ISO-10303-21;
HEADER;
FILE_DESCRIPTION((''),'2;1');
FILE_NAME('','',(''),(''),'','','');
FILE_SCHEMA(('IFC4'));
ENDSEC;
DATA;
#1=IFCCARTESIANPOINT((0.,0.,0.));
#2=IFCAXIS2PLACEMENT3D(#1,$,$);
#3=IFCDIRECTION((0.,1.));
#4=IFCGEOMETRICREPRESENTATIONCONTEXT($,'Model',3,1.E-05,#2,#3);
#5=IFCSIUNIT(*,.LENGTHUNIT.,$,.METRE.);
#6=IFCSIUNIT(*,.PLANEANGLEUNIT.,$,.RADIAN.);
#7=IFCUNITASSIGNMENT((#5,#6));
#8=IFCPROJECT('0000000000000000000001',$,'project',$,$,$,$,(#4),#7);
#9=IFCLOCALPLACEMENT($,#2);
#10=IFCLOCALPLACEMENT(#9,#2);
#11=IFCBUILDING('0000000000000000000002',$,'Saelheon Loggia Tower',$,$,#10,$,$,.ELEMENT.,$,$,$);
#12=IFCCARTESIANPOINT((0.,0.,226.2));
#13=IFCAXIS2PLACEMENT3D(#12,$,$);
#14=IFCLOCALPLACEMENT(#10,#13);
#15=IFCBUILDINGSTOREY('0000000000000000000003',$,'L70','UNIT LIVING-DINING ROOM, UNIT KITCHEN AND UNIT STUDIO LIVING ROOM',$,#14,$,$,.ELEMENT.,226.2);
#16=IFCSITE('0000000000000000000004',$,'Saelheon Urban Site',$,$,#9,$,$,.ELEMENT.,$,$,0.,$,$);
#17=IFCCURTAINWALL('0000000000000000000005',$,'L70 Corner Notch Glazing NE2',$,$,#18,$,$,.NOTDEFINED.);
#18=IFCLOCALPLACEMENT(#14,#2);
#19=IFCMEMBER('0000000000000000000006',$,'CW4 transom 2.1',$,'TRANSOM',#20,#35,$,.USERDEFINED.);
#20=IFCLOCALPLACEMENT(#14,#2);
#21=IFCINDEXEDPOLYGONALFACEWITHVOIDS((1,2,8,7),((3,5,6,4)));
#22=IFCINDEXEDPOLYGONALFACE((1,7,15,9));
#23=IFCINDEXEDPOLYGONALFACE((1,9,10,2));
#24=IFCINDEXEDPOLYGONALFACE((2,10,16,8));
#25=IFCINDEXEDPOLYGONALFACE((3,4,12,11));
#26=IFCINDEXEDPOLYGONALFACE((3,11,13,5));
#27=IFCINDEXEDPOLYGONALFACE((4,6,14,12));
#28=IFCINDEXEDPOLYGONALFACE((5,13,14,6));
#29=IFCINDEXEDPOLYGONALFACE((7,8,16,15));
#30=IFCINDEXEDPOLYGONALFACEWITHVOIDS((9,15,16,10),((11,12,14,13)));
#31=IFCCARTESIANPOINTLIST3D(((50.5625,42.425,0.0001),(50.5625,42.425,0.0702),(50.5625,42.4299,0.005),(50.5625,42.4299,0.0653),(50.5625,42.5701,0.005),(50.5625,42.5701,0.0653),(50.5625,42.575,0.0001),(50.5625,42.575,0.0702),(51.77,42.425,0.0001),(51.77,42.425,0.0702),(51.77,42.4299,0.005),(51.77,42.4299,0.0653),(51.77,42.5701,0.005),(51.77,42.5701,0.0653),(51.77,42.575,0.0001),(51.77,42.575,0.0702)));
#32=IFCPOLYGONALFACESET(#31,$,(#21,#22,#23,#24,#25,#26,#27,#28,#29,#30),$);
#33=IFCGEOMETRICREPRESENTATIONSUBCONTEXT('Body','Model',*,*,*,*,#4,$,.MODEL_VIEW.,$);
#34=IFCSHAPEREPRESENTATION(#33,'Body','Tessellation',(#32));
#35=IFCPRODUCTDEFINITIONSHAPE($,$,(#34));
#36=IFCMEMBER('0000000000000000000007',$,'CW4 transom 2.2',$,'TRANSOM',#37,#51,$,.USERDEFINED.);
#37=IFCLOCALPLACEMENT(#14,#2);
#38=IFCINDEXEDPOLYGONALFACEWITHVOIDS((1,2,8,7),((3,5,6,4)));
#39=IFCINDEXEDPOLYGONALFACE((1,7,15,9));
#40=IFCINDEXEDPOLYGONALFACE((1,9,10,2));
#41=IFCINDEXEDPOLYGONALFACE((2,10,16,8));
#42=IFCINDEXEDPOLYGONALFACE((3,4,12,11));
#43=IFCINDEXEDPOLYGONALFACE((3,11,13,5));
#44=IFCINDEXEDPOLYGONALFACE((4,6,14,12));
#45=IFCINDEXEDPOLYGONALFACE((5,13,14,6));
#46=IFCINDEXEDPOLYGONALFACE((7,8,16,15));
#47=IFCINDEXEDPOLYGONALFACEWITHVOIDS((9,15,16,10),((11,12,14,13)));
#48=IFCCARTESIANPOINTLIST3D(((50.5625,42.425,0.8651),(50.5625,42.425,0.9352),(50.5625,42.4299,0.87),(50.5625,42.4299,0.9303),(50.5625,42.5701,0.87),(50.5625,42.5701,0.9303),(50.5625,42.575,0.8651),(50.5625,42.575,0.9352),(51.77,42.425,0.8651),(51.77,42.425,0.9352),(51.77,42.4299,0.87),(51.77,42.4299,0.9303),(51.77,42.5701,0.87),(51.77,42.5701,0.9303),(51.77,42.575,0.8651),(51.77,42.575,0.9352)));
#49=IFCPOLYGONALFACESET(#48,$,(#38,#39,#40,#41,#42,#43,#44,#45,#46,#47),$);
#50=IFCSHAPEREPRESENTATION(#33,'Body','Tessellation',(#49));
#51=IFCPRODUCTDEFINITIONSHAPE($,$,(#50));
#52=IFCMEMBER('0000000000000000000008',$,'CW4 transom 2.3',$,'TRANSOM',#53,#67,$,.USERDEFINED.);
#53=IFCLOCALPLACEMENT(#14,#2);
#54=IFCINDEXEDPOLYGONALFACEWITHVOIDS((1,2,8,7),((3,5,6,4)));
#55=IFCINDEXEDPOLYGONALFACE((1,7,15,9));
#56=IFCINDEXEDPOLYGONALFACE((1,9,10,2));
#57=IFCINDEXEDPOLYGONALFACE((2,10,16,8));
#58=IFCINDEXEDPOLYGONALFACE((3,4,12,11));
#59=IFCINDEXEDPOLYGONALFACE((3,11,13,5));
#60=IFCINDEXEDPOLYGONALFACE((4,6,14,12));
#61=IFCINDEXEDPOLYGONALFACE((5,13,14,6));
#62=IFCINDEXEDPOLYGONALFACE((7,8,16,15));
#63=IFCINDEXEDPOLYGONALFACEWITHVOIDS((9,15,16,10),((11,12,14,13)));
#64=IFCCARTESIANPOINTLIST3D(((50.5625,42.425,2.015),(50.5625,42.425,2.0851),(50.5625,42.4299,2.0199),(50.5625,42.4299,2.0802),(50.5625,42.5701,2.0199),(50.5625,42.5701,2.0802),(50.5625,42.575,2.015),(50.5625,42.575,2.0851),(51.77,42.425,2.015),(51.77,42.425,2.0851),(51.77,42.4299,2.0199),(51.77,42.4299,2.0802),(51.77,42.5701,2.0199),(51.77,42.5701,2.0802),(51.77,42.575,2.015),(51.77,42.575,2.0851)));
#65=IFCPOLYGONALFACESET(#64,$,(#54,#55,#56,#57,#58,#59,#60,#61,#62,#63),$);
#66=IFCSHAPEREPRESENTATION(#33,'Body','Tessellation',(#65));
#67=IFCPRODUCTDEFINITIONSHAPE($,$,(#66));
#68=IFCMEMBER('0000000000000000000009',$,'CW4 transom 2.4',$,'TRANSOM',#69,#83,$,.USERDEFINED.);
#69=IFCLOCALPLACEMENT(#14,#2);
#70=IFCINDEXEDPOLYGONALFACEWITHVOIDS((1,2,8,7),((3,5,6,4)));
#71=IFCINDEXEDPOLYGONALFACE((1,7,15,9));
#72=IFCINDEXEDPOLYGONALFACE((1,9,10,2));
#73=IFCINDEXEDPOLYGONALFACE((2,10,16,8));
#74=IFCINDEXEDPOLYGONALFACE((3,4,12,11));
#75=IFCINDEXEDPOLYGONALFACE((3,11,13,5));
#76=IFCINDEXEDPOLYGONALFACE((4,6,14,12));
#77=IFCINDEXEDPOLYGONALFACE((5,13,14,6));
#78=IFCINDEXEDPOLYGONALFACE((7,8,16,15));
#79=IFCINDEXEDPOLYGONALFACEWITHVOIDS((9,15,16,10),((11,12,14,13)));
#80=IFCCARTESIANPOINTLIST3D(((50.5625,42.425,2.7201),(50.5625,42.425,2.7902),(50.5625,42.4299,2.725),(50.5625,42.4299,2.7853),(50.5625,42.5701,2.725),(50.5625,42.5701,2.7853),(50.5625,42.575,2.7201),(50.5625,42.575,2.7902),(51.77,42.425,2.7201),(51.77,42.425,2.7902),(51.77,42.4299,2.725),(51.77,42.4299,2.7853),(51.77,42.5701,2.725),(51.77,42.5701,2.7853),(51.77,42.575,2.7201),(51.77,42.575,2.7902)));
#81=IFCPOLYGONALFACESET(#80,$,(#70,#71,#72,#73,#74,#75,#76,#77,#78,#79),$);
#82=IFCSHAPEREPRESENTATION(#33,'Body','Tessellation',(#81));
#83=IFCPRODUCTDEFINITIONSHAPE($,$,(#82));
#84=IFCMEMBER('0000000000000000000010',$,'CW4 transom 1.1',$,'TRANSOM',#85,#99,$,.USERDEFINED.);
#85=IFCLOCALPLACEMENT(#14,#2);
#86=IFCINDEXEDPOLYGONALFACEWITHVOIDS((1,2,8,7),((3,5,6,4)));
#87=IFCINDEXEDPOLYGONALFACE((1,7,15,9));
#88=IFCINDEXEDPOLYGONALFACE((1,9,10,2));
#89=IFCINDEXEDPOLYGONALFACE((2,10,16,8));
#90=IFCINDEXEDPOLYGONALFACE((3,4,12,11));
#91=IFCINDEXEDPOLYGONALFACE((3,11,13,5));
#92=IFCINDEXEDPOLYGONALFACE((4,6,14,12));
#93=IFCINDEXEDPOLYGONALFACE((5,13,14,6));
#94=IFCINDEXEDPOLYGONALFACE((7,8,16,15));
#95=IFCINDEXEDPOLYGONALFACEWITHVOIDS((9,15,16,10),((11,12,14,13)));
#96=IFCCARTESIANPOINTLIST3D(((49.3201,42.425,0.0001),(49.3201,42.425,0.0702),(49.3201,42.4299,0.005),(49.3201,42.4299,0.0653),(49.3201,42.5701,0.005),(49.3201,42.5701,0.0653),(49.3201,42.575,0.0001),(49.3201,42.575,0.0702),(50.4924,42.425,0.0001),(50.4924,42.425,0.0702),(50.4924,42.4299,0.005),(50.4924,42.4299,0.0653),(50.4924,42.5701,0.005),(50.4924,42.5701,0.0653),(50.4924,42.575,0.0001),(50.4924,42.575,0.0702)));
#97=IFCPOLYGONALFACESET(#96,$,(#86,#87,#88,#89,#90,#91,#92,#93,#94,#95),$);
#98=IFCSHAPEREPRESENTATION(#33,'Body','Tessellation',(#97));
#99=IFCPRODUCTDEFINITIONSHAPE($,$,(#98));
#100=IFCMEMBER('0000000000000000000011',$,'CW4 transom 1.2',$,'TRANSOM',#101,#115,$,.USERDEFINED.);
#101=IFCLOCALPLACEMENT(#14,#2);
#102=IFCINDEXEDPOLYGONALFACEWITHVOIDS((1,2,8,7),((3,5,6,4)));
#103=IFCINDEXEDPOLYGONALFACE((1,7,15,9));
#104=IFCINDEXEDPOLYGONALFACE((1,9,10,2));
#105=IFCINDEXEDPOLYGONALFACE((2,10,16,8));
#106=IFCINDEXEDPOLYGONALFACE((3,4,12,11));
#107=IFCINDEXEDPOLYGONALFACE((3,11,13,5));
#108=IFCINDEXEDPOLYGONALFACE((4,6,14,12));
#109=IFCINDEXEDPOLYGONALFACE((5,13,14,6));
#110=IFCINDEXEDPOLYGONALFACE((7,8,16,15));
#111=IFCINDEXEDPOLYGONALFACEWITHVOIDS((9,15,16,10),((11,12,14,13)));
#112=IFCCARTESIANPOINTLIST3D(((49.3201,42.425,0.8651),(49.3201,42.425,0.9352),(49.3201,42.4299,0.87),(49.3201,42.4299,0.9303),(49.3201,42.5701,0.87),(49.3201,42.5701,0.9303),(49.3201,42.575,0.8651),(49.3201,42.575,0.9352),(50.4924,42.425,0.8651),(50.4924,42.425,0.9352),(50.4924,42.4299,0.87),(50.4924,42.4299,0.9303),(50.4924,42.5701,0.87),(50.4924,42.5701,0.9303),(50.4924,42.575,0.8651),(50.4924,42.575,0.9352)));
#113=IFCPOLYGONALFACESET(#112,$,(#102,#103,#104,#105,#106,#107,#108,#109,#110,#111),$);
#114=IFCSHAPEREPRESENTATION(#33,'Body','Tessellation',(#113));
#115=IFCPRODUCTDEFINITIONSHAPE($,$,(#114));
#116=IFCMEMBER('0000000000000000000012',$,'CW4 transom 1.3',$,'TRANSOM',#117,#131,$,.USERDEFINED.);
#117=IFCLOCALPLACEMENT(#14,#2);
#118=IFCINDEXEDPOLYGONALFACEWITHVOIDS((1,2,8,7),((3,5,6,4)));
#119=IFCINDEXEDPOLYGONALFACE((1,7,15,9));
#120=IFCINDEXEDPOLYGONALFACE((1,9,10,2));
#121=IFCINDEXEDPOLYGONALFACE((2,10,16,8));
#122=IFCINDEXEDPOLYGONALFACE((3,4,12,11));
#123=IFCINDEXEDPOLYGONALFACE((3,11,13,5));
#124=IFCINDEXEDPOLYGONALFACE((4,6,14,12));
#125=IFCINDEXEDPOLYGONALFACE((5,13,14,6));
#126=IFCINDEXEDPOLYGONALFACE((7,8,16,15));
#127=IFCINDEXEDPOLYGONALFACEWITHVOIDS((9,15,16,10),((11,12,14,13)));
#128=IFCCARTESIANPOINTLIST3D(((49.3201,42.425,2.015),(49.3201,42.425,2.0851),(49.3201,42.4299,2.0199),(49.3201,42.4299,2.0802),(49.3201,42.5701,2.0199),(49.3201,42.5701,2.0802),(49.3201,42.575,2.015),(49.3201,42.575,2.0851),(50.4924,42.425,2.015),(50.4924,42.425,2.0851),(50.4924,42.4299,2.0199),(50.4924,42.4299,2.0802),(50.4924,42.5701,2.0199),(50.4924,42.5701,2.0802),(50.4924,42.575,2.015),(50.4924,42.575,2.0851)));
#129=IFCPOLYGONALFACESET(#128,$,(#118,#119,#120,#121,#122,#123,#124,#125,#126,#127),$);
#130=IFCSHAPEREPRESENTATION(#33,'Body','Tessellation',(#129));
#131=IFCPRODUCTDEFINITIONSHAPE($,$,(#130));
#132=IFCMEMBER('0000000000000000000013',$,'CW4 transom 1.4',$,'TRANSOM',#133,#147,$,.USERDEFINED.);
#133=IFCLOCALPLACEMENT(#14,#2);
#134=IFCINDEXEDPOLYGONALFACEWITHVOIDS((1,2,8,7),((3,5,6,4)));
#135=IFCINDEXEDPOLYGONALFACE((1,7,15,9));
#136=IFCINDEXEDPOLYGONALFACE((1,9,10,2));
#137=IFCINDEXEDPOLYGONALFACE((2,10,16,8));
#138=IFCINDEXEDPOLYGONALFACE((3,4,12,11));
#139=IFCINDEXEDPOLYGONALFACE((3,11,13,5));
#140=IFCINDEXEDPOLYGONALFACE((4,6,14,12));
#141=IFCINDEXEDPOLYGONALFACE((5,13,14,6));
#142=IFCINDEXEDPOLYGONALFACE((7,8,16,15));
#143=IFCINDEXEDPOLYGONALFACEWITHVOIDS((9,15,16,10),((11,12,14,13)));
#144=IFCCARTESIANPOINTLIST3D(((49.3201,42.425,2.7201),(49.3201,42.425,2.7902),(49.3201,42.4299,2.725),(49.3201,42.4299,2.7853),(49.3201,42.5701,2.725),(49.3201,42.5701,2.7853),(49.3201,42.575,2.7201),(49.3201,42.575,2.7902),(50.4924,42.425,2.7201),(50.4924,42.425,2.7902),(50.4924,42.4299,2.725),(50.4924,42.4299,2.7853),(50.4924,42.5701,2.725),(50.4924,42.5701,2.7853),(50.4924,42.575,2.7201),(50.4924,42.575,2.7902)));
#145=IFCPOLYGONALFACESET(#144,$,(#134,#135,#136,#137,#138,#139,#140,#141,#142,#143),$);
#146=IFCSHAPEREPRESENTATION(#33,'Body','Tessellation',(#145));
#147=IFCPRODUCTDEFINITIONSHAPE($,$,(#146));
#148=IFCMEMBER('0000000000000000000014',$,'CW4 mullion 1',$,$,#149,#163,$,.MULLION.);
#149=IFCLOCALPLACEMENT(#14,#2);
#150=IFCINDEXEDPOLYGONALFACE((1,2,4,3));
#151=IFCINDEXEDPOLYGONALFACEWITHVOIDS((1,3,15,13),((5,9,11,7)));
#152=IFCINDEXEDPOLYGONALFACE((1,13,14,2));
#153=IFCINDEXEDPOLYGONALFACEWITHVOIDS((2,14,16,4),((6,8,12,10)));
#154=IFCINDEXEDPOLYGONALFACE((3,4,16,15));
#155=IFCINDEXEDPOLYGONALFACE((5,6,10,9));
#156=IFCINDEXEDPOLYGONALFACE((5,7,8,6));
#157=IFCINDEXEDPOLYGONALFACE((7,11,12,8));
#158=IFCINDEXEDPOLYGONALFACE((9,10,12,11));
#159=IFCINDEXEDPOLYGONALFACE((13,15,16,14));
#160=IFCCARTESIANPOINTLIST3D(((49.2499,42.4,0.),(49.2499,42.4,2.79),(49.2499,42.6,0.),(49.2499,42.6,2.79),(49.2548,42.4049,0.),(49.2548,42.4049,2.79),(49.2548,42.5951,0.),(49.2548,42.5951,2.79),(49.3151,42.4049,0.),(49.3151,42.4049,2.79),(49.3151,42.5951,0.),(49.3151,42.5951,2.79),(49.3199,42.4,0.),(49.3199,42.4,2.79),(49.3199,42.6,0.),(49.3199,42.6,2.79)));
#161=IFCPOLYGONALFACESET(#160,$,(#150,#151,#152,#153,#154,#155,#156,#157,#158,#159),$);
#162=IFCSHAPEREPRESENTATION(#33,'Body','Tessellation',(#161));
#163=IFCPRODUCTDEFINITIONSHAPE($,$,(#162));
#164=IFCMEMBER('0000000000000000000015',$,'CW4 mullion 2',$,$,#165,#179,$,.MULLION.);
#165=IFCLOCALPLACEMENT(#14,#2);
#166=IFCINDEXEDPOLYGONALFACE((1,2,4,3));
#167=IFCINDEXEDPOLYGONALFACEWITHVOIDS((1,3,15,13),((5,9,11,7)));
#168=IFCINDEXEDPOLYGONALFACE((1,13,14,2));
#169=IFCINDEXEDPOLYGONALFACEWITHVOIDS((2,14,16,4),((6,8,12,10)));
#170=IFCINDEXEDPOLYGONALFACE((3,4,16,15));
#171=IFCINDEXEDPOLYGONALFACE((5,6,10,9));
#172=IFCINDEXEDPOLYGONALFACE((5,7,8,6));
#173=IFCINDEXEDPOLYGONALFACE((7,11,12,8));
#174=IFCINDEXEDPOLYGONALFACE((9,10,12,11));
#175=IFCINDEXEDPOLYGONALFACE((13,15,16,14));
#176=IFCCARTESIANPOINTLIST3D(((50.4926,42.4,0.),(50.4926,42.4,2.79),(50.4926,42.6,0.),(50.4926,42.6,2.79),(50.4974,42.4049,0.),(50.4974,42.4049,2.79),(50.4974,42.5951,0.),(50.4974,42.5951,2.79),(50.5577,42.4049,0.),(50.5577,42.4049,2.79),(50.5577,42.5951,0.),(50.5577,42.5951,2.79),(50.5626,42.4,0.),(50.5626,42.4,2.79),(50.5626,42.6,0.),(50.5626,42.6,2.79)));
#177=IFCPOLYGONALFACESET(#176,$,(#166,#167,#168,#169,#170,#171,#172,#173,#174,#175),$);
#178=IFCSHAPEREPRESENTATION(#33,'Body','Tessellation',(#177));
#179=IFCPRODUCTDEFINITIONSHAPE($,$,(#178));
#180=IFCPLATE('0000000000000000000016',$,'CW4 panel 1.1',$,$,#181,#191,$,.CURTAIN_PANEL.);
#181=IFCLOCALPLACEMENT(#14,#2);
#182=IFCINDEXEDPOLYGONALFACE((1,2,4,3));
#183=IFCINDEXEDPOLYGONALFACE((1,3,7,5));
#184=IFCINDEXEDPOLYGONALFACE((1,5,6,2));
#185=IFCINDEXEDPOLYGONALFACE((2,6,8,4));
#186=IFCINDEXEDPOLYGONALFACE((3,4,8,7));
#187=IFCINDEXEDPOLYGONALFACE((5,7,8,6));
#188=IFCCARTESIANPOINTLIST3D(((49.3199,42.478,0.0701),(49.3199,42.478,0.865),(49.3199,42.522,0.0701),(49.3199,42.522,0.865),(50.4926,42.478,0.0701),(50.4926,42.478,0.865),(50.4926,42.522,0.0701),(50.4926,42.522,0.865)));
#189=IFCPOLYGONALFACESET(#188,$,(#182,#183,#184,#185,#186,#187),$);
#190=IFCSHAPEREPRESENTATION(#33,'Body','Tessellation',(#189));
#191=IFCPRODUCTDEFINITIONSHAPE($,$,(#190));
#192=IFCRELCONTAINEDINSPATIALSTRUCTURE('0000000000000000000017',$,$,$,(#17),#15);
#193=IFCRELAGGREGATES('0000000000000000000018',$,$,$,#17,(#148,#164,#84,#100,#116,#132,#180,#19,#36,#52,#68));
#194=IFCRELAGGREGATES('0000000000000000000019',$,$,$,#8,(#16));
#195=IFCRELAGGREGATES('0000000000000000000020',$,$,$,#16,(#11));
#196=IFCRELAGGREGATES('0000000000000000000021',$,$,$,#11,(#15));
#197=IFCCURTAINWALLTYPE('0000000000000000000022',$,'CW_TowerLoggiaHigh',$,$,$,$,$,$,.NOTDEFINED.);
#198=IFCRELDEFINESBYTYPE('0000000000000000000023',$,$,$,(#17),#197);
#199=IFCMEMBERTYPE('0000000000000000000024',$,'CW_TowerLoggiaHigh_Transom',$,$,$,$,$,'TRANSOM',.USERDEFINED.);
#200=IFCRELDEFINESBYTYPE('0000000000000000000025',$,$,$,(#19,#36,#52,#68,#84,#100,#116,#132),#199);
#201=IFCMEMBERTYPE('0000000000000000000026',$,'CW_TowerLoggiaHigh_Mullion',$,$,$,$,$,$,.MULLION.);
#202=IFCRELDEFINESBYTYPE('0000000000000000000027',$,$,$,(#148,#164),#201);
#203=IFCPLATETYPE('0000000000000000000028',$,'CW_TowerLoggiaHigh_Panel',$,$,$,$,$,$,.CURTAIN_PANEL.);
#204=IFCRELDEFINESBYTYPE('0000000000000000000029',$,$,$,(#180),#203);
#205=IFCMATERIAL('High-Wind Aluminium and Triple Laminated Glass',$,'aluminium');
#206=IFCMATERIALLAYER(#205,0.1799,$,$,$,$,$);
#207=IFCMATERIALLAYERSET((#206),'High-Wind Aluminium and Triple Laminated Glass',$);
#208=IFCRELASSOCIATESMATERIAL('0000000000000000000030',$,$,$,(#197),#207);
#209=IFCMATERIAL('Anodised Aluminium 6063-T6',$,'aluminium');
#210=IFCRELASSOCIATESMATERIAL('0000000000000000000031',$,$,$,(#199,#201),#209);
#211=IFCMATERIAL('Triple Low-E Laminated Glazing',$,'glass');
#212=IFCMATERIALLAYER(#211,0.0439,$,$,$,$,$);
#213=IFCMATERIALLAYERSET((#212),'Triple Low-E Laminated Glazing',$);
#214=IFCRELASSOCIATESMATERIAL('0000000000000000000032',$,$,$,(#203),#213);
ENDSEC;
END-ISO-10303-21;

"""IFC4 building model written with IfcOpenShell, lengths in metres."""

from ifc_helpers import new_model, si_unit, direction, frame, origin, origin_2d, place, context, subcontext, project, spatial, rectangle, hollow_rectangle, extrude, source, transform, mapped, material, layer, layer_set, material_profile, profile_set, type_object, element, aggregate, save


model = new_model("IFC4")

# Units and contexts
model_context = context("Model", 3, precision=1e-05, world=origin(), true_north=direction((0.0, 1.0)))
body_context = subcontext(model_context, "Body", "Model", "MODEL_VIEW")
ifc_project = project(units=[si_unit("LENGTHUNIT", "METRE"), si_unit("PLANEANGLEUNIT", "RADIAN")], contexts=[model_context])

# Site, building, storey
site_placement = place(None, origin())
site = spatial("IfcSite", under=ifc_project, at=site_placement, Name="Saelheon Urban Site", CompositionType="ELEMENT", RefElevation=0.0)
building_placement = place(site_placement, origin())
building = spatial("IfcBuilding", under=site, at=building_placement, Name="Saelheon Loggia Tower", CompositionType="ELEMENT")
storey_placement = place(building_placement, frame((0.0, 0.0, 226.2)))
storey = spatial("IfcBuildingStorey", under=building, at=storey_placement, Name="L70", Description="UNIT LIVING-DINING ROOM, UNIT KITCHEN AND UNIT STUDIO LIVING ROOM", CompositionType="ELEMENT", Elevation=226.2)

# Curtain wall, members, plate
ifc_material_1 = material(Name="High-Wind Aluminium and Triple Laminated Glass", Category="aluminium")
ifc_layer_1 = layer(ifc_material_1, 0.1799)
ifc_layer_set_1 = layer_set([ifc_layer_1], Name="High-Wind Aluminium and Triple Laminated Glass")
curtain_wall_type = type_object("IfcCurtainWallType", Name="CW_TowerLoggiaHigh", PredefinedType="NOTDEFINED", material=ifc_layer_set_1)
curtain_wall_placement = place(storey_placement, origin())
curtain_wall = element("IfcCurtainWall", 1, at=curtain_wall_placement, inside=storey, type_object=curtain_wall_type, Name="L70 Corner Notch Glazing NE2", PredefinedType="NOTDEFINED")
ifc_material_2 = material(Name="Anodised Aluminium 6063-T6", Category="aluminium")
ifc_material_profile_1 = material_profile(ifc_material_2, hollow_rectangle(XDim=0.0701, YDim=0.1499, WallThickness=0.0049, at=origin_2d()), Name="RHS-150x70x5")
ifc_profile_set_1 = profile_set([ifc_material_profile_1], Name="Anodised Aluminium 6063-T6")
member_type_1 = type_object("IfcMemberType", Name="CW_TowerLoggiaHigh_Transom", ElementType="TRANSOM", PredefinedType="USERDEFINED", material=ifc_profile_set_1)
shared_shape_1 = source(origin(), body_context, "Body", "SweptSolid", [
    extrude(hollow_rectangle(XDim=0.0701, YDim=0.1499, WallThickness=0.0049, at=origin_2d()), origin(), (0.0, 0.0, 1.0), 1.2075),
])
member_1_placement = place(storey_placement, frame((50.5625, 42.5, 0.0352), z_axis=(1.0, 0.0, 0.0), x_axis=(0.0, 0.0, 1.0)))
member_1 = element("IfcMember", 2, at=member_1_placement, type_object=member_type_1, Name="CW4 transom 2.1", ObjectType="TRANSOM", PredefinedType="USERDEFINED", context=body_context, shape_type="MappedRepresentation", body=[
    mapped(shared_shape_1, transform((0.0, 0.0, 0.0), scale=1.0)),
])
member_2_placement = place(storey_placement, frame((50.5625, 42.5, 0.9001), z_axis=(1.0, 0.0, 0.0), x_axis=(0.0, 0.0, 1.0)))
member_2 = element("IfcMember", 3, at=member_2_placement, type_object=member_type_1, Name="CW4 transom 2.2", ObjectType="TRANSOM", PredefinedType="USERDEFINED", context=body_context, shape_type="MappedRepresentation", body=[
    mapped(shared_shape_1, transform((0.0, 0.0, 0.0), scale=1.0)),
])
member_3_placement = place(storey_placement, frame((50.5625, 42.5, 2.05), z_axis=(1.0, 0.0, 0.0), x_axis=(0.0, 0.0, 1.0)))
member_3 = element("IfcMember", 4, at=member_3_placement, type_object=member_type_1, Name="CW4 transom 2.3", ObjectType="TRANSOM", PredefinedType="USERDEFINED", context=body_context, shape_type="MappedRepresentation", body=[
    mapped(shared_shape_1, transform((0.0, 0.0, 0.0), scale=1.0)),
])
member_4_placement = place(storey_placement, frame((50.5625, 42.5, 2.7551), z_axis=(1.0, 0.0, 0.0), x_axis=(0.0, 0.0, 1.0)))
member_4 = element("IfcMember", 5, at=member_4_placement, type_object=member_type_1, Name="CW4 transom 2.4", ObjectType="TRANSOM", PredefinedType="USERDEFINED", context=body_context, shape_type="MappedRepresentation", body=[
    mapped(shared_shape_1, transform((0.0, 0.0, 0.0), scale=1.0)),
])
shared_shape_2 = source(origin(), body_context, "Body", "SweptSolid", [
    extrude(hollow_rectangle(XDim=0.0701, YDim=0.1499, WallThickness=0.0049, at=origin_2d()), origin(), (0.0, 0.0, 1.0), 1.1724),
])
member_5_placement = place(storey_placement, frame((49.3201, 42.5, 0.0352), z_axis=(1.0, 0.0, 0.0), x_axis=(0.0, 0.0, 1.0)))
member_5 = element("IfcMember", 6, at=member_5_placement, type_object=member_type_1, Name="CW4 transom 1.1", ObjectType="TRANSOM", PredefinedType="USERDEFINED", context=body_context, shape_type="MappedRepresentation", body=[
    mapped(shared_shape_2, transform((0.0, 0.0, 0.0), scale=1.0)),
])
member_6_placement = place(storey_placement, frame((49.3201, 42.5, 0.9001), z_axis=(1.0, 0.0, 0.0), x_axis=(0.0, 0.0, 1.0)))
member_6 = element("IfcMember", 7, at=member_6_placement, type_object=member_type_1, Name="CW4 transom 1.2", ObjectType="TRANSOM", PredefinedType="USERDEFINED", context=body_context, shape_type="MappedRepresentation", body=[
    mapped(shared_shape_2, transform((0.0, 0.0, 0.0), scale=1.0)),
])
member_7_placement = place(storey_placement, frame((49.3201, 42.5, 2.05), z_axis=(1.0, 0.0, 0.0), x_axis=(0.0, 0.0, 1.0)))
member_7 = element("IfcMember", 8, at=member_7_placement, type_object=member_type_1, Name="CW4 transom 1.3", ObjectType="TRANSOM", PredefinedType="USERDEFINED", context=body_context, shape_type="MappedRepresentation", body=[
    mapped(shared_shape_2, transform((0.0, 0.0, 0.0), scale=1.0)),
])
member_8_placement = place(storey_placement, frame((49.3201, 42.5, 2.7551), z_axis=(1.0, 0.0, 0.0), x_axis=(0.0, 0.0, 1.0)))
member_8 = element("IfcMember", 9, at=member_8_placement, type_object=member_type_1, Name="CW4 transom 1.4", ObjectType="TRANSOM", PredefinedType="USERDEFINED", context=body_context, shape_type="MappedRepresentation", body=[
    mapped(shared_shape_2, transform((0.0, 0.0, 0.0), scale=1.0)),
])
ifc_material_profile_2 = material_profile(ifc_material_2, hollow_rectangle(XDim=0.0701, YDim=0.2, WallThickness=0.0049, at=origin_2d()), Name="RHS-200x70x5")
ifc_profile_set_2 = profile_set([ifc_material_profile_2], Name="Anodised Aluminium 6063-T6")
member_type_2 = type_object("IfcMemberType", Name="CW_TowerLoggiaHigh_Mullion", PredefinedType="MULLION", material=ifc_profile_set_2)
shared_shape_3 = source(origin(), body_context, "Body", "SweptSolid", [
    extrude(hollow_rectangle(XDim=0.0701, YDim=0.2, WallThickness=0.0049, at=origin_2d()), origin(), (0.0, 0.0, 1.0), 2.79),
])
member_9_placement = place(storey_placement, frame((49.2849, 42.5, 0.0), z_axis=(0.0, 0.0, 1.0), x_axis=(1.0, 0.0, 0.0)))
member_9 = element("IfcMember", 10, at=member_9_placement, type_object=member_type_2, Name="CW4 mullion 1", PredefinedType="MULLION", context=body_context, shape_type="MappedRepresentation", body=[
    mapped(shared_shape_3, transform((0.0, 0.0, 0.0), scale=1.0)),
])
member_10_placement = place(storey_placement, frame((50.5276, 42.5, 0.0), z_axis=(0.0, 0.0, 1.0), x_axis=(1.0, 0.0, 0.0)))
member_10 = element("IfcMember", 11, at=member_10_placement, type_object=member_type_2, Name="CW4 mullion 2", PredefinedType="MULLION", context=body_context, shape_type="MappedRepresentation", body=[
    mapped(shared_shape_3, transform((0.0, 0.0, 0.0), scale=1.0)),
])
ifc_material_3 = material(Name="Triple Low-E Laminated Glazing", Category="glass")
ifc_layer_2 = layer(ifc_material_3, 0.0439)
ifc_layer_set_2 = layer_set([ifc_layer_2], Name="Triple Low-E Laminated Glazing")
plate_type = type_object("IfcPlateType", Name="CW_TowerLoggiaHigh_Panel", PredefinedType="CURTAIN_PANEL", material=ifc_layer_set_2)
shared_shape_4 = source(origin(), body_context, "Body", "SweptSolid", [
    extrude(rectangle(XDim=1.1726, YDim=0.0439, at=origin_2d()), origin(), (0.0, 0.0, 1.0), 0.7949),
])
plate_1_placement = place(storey_placement, frame((49.9062, 42.5, 0.0701), z_axis=(0.0, 0.0, 1.0), x_axis=(1.0, 0.0, 0.0)))
plate_1 = element("IfcPlate", 12, at=plate_1_placement, type_object=plate_type, Name="CW4 panel 1.1", PredefinedType="CURTAIN_PANEL", context=body_context, shape_type="MappedRepresentation", body=[
    mapped(shared_shape_4, transform((0.0, 0.0, 0.0), scale=1.0)),
])
aggregate(curtain_wall, [member_9, member_10, member_5, member_6, member_7, member_8, plate_1, member_1, member_2, member_3, member_4])

save(model, "model.ifc")
